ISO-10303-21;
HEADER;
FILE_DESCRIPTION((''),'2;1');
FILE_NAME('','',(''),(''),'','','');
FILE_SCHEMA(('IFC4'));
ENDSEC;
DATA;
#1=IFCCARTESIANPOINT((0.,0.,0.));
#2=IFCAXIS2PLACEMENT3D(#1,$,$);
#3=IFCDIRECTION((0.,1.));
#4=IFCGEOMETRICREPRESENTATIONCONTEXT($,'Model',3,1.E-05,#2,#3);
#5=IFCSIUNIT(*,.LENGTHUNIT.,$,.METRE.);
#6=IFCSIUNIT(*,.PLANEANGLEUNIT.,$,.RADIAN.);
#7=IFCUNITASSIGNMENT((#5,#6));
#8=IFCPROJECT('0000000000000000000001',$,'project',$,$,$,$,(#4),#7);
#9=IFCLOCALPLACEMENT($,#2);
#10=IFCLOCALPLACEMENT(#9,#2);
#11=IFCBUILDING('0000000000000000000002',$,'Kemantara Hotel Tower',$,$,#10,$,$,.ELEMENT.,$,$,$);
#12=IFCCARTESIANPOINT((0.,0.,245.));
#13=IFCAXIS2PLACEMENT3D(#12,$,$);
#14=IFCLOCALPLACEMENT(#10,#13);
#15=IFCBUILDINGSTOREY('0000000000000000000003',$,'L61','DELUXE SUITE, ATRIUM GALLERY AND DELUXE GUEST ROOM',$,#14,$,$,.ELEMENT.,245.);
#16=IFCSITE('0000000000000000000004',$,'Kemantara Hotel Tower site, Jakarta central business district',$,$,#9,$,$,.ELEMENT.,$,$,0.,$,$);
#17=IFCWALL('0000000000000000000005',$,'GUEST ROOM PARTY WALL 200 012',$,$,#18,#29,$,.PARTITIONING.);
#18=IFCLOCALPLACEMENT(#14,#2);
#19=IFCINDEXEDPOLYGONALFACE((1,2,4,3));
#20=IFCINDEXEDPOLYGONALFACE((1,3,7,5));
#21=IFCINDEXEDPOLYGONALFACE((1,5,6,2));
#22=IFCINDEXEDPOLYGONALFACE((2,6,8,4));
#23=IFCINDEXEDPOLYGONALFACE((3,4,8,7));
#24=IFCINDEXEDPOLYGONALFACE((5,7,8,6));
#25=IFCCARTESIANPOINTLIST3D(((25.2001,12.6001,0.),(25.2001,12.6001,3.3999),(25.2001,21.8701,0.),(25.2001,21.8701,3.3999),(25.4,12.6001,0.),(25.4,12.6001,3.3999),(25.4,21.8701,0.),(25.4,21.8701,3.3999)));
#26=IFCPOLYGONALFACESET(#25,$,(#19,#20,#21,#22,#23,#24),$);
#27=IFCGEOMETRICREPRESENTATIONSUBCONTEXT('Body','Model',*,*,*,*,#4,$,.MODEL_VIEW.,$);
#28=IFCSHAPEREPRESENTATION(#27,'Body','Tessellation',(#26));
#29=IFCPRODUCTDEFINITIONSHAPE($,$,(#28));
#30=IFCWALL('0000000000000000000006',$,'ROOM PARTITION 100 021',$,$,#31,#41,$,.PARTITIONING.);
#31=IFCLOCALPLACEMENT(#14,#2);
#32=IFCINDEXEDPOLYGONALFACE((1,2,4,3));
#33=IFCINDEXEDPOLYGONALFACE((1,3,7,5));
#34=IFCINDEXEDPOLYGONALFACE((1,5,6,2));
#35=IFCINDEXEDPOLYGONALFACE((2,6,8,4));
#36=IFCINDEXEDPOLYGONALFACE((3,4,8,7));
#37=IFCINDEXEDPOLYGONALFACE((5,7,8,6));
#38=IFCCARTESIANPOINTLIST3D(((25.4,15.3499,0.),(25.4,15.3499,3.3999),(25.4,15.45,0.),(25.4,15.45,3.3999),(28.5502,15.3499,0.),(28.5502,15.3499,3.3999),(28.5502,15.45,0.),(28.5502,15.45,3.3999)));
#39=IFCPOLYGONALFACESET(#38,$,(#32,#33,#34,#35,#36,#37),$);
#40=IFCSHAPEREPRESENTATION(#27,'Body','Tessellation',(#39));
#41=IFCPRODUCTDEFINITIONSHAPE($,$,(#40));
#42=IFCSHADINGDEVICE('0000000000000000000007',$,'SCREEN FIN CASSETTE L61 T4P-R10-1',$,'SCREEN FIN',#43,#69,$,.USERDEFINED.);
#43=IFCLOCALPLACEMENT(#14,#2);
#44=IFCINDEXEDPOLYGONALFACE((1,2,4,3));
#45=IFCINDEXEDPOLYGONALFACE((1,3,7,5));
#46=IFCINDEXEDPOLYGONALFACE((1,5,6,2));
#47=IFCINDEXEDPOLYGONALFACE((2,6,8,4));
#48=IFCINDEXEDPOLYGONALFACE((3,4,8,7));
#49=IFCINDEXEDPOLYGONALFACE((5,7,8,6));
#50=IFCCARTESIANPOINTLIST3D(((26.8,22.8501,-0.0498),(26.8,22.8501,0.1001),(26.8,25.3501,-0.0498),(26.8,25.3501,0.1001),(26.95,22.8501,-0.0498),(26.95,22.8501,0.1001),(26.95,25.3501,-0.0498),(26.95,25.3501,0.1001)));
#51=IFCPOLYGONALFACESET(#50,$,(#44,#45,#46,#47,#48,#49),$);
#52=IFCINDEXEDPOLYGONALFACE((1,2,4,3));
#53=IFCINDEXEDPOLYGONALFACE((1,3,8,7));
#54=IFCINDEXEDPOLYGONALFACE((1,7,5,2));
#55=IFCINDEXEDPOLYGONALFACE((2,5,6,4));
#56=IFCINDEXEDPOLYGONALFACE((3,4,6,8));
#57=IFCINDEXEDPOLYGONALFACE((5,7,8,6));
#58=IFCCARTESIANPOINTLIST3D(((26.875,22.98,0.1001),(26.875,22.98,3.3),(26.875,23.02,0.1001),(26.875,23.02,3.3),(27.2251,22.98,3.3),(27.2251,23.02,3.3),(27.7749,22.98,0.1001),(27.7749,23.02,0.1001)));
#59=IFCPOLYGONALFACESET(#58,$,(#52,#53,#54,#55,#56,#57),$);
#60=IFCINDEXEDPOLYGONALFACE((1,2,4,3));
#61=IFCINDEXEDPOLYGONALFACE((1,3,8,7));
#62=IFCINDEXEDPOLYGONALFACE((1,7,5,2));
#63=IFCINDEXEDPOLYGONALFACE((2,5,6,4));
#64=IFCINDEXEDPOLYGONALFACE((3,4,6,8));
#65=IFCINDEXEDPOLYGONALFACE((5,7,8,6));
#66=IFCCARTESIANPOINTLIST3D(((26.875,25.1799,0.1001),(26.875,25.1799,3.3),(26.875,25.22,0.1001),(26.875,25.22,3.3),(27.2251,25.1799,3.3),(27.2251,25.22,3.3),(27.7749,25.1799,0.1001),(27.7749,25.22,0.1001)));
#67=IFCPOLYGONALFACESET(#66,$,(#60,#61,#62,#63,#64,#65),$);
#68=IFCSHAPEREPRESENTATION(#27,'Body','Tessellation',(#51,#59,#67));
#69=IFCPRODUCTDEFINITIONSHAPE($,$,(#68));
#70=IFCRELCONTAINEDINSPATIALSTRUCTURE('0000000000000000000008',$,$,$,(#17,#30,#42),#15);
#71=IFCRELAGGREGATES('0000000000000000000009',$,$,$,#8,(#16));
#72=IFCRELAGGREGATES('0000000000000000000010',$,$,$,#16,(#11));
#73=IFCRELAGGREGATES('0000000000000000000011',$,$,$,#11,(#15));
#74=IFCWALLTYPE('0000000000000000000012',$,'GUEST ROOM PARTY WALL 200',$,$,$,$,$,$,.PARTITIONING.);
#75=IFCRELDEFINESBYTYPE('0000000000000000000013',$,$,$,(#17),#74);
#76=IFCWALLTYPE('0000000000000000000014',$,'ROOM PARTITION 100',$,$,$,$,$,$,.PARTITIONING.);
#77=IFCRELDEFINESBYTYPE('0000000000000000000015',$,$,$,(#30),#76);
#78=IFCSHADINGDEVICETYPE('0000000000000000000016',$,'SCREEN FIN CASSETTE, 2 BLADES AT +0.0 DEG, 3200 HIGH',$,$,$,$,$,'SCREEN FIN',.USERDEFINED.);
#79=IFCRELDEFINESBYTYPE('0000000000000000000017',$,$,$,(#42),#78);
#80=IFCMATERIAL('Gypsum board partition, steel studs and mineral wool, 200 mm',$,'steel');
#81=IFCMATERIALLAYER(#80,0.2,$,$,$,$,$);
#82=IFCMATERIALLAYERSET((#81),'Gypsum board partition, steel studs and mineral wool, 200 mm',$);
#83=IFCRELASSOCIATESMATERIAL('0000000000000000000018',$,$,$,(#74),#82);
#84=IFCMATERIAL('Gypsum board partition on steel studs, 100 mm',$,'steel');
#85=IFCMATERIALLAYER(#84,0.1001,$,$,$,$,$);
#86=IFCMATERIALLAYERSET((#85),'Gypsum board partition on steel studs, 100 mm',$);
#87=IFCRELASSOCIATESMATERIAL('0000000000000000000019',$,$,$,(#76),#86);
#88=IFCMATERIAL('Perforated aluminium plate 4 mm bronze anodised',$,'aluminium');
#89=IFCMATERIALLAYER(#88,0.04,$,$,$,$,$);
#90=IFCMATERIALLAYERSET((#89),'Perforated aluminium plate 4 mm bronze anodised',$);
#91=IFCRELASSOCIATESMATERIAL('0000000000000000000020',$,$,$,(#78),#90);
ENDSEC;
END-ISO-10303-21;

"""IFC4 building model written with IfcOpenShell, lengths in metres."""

from ifc_helpers import new_model, si_unit, direction, frame, frame_2d, origin, origin_2d, place, context, subcontext, project, spatial, polyline, rectangle, outline, extrude, source, transform, mapped, material, layer, layer_set, type_object, element, save


model = new_model("IFC4")

# Units and contexts
model_context = context("Model", 3, precision=1e-05, world=origin(), true_north=direction((0.0, 1.0)))
body_context = subcontext(model_context, "Body", "Model", "MODEL_VIEW")
ifc_project = project(units=[si_unit("LENGTHUNIT", "METRE"), si_unit("PLANEANGLEUNIT", "RADIAN")], contexts=[model_context])

# Site, building, storey
site_placement = place(None, origin())
site = spatial("IfcSite", under=ifc_project, at=site_placement, Name="Kemantara Hotel Tower site, Jakarta central business district", CompositionType="ELEMENT", RefElevation=0.0)
building_placement = place(site_placement, origin())
building = spatial("IfcBuilding", under=site, at=building_placement, Name="Kemantara Hotel Tower", CompositionType="ELEMENT")
storey_placement = place(building_placement, frame((0.0, 0.0, 245.0)))
storey = spatial("IfcBuildingStorey", under=building, at=storey_placement, Name="L61", Description="DELUXE SUITE, ATRIUM GALLERY AND DELUXE GUEST ROOM", CompositionType="ELEMENT", Elevation=245.0)

# Walls
ifc_material_1 = material(Name="Gypsum board partition, steel studs and mineral wool, 200 mm", Category="steel")
ifc_layer_1 = layer(ifc_material_1, 0.2)
ifc_layer_set_1 = layer_set([ifc_layer_1], Name="Gypsum board partition, steel studs and mineral wool, 200 mm")
wall_type_1 = type_object("IfcWallType", Name="GUEST ROOM PARTY WALL 200", PredefinedType="PARTITIONING", material=ifc_layer_set_1)
wall_1_placement = place(storey_placement, frame((25.3, 12.6001, 0.0), z_axis=(0.0, 0.0, 1.0), x_axis=(0.0, 1.0, 0.0)))
element("IfcWall", 1, at=wall_1_placement, inside=storey, type_object=wall_type_1, Name="GUEST ROOM PARTY WALL 200 012", PredefinedType="PARTITIONING", context=body_context, shape_type="SweptSolid", body=[
    extrude(rectangle(XDim=9.27, YDim=0.2, at=frame_2d((4.635, 0.0))), origin(), (0.0, 0.0, 1.0), 3.3999),
])
ifc_material_2 = material(Name="Gypsum board partition on steel studs, 100 mm", Category="steel")
ifc_layer_2 = layer(ifc_material_2, 0.1001)
ifc_layer_set_2 = layer_set([ifc_layer_2], Name="Gypsum board partition on steel studs, 100 mm")
wall_type_2 = type_object("IfcWallType", Name="ROOM PARTITION 100", PredefinedType="PARTITIONING", material=ifc_layer_set_2)
wall_2_placement = place(storey_placement, frame((25.3999, 15.3999, 0.0), z_axis=(0.0, 0.0, 1.0), x_axis=(1.0, 0.0, 0.0)))
element("IfcWall", 2, at=wall_2_placement, inside=storey, type_object=wall_type_2, Name="ROOM PARTITION 100 021", PredefinedType="PARTITIONING", context=body_context, shape_type="SweptSolid", body=[
    extrude(rectangle(XDim=3.1501, YDim=0.1001, at=frame_2d((1.5752, 0.0))), origin(), (0.0, 0.0, 1.0), 3.3999),
])

# Shading device
ifc_material_3 = material(Name="Perforated aluminium plate 4 mm bronze anodised", Category="aluminium")
ifc_layer_3 = layer(ifc_material_3, 0.04)
ifc_layer_set_3 = layer_set([ifc_layer_3], Name="Perforated aluminium plate 4 mm bronze anodised")
shading_device_type = type_object("IfcShadingDeviceType", Name="SCREEN FIN CASSETTE, 2 BLADES AT +0.0 DEG, 3200 HIGH", ElementType="SCREEN FIN", PredefinedType="USERDEFINED", material=ifc_layer_set_3)
shared_shape_1 = source(origin(), body_context, "Body", "SweptSolid", [
    extrude(rectangle(XDim=2.5, YDim=0.1499, at=origin_2d()), frame((1.1001, -0.075, -0.1499), z_axis=(0.0, 0.0, 1.0), x_axis=(1.0, 0.0, 0.0)), (0.0, 0.0, 1.0), 0.1499),
    extrude(outline(polyline([(0.0, 0.0), (0.8999, 0.0), (0.3501, 3.2), (0.0, 3.2), (0.0, 0.0)])), frame((0.02, -0.075, 0.0), z_axis=(-1.0, 0.0, 0.0), x_axis=(0.0, -1.0, 0.0)), (0.0, 0.0, 1.0), 0.04),
    extrude(outline(polyline([(0.0, 0.0), (0.8999, 0.0), (0.3501, 3.2), (0.0, 3.2), (0.0, 0.0)])), frame((2.22, -0.075, 0.0), z_axis=(-1.0, 0.0, 0.0), x_axis=(0.0, -1.0, 0.0)), (0.0, 0.0, 1.0), 0.04),
])
shading_device_placement = place(storey_placement, frame((26.8, 23.0, 0.1001), z_axis=(0.0, 0.0, 1.0), x_axis=(0.0, 1.0, 0.0)))
element("IfcShadingDevice", 3, at=shading_device_placement, inside=storey, type_object=shading_device_type, Name="SCREEN FIN CASSETTE L61 T4P-R10-1", ObjectType="SCREEN FIN", PredefinedType="USERDEFINED", context=body_context, shape_type="MappedRepresentation", body=[
    mapped(shared_shape_1, transform((0.0, 0.0, 0.0))),
])

save(model, "model.ifc")
